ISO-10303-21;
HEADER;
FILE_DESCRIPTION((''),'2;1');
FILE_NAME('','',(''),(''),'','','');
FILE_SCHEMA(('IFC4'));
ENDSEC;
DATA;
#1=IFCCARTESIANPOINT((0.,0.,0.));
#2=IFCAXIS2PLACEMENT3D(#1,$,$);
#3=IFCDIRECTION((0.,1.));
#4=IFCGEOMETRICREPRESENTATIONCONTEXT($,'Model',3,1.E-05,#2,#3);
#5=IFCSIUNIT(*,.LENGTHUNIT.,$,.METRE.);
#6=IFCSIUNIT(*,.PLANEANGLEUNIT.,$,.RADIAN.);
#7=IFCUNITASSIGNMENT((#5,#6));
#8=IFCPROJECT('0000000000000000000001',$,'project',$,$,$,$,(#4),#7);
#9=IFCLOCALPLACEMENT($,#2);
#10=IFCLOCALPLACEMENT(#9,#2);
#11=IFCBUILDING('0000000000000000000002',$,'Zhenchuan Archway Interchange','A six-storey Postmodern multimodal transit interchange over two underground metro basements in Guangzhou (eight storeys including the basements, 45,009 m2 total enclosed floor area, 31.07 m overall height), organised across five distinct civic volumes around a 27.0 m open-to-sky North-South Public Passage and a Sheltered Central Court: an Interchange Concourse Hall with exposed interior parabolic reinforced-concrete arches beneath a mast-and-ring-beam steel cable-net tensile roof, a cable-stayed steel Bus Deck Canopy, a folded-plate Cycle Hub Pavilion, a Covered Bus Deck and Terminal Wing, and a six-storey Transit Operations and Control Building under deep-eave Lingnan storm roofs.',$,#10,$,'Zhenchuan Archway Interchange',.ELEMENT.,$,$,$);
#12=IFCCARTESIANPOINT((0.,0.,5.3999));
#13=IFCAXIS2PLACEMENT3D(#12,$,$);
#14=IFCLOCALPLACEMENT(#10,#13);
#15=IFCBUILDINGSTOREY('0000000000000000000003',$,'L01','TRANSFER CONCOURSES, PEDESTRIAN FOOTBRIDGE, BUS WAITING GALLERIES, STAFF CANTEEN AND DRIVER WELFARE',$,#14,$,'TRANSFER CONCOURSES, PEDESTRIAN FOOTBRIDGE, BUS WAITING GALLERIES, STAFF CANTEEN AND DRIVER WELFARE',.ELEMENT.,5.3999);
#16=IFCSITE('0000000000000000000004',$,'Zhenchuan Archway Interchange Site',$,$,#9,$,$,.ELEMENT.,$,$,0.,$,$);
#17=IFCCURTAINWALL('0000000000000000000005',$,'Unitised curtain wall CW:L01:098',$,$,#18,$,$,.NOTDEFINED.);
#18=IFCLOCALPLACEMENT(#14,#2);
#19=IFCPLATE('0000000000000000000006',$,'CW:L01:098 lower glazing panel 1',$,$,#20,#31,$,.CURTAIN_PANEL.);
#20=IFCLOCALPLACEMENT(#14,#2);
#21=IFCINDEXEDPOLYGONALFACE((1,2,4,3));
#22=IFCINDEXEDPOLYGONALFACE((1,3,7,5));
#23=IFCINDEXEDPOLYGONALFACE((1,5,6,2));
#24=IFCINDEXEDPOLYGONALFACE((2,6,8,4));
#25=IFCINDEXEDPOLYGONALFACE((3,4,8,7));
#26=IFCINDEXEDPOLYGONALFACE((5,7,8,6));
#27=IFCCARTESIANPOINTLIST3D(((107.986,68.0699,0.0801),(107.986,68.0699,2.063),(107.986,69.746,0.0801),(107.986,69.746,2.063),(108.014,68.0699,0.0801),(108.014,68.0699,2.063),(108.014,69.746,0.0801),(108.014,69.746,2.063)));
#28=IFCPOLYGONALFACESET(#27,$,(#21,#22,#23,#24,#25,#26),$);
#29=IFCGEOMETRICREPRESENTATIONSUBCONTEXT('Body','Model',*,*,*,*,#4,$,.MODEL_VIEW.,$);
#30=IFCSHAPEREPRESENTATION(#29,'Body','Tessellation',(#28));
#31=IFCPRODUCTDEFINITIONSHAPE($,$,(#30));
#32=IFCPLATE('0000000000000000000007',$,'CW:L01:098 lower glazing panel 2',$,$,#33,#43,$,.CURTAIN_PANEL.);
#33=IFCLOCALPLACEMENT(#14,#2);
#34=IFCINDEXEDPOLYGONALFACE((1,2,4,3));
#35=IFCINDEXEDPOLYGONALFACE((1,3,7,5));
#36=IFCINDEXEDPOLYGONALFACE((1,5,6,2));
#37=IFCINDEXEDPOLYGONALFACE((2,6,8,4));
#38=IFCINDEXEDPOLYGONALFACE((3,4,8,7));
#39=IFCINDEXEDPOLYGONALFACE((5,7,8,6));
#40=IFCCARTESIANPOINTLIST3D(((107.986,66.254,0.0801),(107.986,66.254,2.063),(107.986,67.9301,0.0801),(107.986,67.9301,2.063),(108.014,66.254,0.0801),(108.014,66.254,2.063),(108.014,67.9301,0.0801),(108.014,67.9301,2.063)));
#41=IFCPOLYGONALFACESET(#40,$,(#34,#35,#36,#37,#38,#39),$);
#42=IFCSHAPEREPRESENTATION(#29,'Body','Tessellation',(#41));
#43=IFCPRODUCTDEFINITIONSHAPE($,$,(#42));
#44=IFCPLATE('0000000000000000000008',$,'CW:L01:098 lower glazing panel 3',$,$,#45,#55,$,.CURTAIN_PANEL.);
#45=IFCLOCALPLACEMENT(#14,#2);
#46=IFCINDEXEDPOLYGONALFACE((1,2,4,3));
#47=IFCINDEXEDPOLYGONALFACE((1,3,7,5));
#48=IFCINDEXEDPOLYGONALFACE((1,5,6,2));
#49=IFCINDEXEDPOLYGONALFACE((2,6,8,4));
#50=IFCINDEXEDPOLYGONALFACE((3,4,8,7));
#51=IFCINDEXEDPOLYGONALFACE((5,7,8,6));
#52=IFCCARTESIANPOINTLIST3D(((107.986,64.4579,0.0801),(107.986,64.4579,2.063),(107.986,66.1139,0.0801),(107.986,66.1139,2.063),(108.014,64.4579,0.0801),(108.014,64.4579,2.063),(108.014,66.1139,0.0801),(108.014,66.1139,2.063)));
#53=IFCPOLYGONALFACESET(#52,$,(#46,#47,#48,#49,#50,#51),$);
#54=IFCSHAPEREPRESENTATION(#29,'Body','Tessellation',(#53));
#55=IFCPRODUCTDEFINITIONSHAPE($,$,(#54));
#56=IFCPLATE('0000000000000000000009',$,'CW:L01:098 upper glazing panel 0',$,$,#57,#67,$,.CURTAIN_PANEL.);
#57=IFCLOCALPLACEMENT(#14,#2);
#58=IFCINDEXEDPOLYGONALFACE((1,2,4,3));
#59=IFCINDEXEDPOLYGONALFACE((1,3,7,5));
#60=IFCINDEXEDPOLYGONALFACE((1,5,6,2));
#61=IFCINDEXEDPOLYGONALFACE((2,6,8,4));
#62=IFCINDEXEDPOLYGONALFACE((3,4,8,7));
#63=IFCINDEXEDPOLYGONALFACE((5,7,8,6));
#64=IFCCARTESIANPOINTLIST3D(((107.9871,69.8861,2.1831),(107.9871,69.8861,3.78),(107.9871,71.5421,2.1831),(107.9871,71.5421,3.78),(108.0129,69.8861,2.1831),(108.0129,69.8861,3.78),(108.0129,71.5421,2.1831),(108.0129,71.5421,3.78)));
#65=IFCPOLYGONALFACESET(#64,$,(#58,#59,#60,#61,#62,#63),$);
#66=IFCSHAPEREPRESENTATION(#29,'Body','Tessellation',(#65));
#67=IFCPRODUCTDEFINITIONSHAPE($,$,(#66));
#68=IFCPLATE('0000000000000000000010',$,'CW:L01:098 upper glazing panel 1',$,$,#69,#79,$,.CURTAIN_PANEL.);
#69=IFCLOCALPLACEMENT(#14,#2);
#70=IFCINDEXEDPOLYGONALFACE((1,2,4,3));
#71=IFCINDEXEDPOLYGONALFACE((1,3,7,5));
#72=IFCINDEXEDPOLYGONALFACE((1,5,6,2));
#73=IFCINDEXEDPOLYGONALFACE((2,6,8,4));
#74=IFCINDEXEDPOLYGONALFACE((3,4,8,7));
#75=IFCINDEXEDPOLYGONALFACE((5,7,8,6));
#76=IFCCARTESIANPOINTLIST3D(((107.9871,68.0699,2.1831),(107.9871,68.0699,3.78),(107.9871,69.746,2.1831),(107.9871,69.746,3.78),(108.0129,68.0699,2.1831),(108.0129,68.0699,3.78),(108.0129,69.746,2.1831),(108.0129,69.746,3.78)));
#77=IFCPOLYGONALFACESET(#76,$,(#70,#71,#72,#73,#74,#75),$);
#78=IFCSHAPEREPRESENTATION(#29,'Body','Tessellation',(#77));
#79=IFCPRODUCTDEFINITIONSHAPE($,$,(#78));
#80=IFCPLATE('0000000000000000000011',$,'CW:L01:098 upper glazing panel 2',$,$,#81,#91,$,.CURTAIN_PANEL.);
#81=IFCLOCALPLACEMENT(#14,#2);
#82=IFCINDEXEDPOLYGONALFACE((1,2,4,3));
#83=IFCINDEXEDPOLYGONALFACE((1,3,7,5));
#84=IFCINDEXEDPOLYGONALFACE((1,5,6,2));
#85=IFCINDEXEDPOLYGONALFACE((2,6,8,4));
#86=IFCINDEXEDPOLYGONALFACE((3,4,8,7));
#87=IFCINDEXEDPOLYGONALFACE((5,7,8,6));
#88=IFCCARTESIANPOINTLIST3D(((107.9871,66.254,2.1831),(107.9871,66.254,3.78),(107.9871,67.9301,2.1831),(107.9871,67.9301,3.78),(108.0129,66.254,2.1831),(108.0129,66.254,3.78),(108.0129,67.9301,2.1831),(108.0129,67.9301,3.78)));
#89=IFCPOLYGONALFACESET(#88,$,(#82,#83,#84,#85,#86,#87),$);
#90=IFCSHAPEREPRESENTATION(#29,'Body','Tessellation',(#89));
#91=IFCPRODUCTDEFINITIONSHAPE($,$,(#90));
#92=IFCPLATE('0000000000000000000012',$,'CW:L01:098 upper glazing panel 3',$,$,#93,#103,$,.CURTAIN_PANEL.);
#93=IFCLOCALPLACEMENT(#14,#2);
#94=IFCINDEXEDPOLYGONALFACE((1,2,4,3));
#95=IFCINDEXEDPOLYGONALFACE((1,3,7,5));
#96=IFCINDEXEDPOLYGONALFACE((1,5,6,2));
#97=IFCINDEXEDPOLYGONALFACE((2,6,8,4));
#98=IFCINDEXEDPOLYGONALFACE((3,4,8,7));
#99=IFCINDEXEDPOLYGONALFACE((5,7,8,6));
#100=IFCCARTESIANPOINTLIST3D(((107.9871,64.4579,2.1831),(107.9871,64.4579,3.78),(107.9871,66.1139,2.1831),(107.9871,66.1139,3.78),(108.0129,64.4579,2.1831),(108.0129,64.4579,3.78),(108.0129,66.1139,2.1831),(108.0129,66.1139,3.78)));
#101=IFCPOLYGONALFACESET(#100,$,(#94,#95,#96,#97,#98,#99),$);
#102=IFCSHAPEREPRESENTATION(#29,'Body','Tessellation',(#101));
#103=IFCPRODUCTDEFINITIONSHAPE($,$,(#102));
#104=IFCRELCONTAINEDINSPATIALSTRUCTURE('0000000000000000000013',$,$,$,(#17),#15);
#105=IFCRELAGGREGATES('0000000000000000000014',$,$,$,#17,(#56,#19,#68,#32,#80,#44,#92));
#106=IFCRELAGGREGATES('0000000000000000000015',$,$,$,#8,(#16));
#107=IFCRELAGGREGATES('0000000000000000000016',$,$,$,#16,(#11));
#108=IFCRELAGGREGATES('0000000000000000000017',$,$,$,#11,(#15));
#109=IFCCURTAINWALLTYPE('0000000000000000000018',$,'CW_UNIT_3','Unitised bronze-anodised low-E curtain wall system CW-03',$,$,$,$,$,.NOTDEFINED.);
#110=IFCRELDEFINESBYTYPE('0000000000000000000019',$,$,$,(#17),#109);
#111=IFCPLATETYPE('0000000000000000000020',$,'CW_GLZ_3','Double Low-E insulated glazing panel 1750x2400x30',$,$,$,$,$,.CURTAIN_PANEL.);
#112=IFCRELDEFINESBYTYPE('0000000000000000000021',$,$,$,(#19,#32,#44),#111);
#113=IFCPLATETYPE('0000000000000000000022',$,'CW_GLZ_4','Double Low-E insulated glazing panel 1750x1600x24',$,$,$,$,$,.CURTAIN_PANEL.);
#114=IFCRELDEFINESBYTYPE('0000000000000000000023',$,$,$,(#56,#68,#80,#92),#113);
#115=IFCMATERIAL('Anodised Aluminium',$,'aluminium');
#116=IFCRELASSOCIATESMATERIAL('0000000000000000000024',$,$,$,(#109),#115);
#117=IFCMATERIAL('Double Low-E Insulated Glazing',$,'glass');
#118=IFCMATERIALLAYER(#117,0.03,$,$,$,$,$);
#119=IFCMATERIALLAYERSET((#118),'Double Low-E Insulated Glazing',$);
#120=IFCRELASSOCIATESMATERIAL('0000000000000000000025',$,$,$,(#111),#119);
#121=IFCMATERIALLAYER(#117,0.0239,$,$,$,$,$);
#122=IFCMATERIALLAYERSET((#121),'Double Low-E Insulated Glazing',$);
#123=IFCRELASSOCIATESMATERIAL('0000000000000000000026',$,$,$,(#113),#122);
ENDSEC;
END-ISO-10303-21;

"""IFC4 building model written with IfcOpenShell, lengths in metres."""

from ifc_helpers import new_model, si_unit, direction, frame, origin, origin_2d, place, context, subcontext, project, spatial, rectangle, extrude, material, layer, layer_set, type_object, element, aggregate, save


model = new_model("IFC4")

# Units and contexts
model_context = context("Model", 3, precision=1e-05, world=origin(), true_north=direction((0.0, 1.0)))
body_context = subcontext(model_context, "Body", "Model", "MODEL_VIEW")
ifc_project = project(units=[si_unit("LENGTHUNIT", "METRE"), si_unit("PLANEANGLEUNIT", "RADIAN")], contexts=[model_context])

# Site, building, storey
site_placement = place(None, origin())
site = spatial("IfcSite", under=ifc_project, at=site_placement, Name="Zhenchuan Archway Interchange Site", CompositionType="ELEMENT", RefElevation=0.0)
building_placement = place(site_placement, origin())
building = spatial("IfcBuilding", under=site, at=building_placement, Name="Zhenchuan Archway Interchange", Description="A six-storey Postmodern multimodal transit interchange over two underground metro basements in Guangzhou (eight storeys including the basements, 45,009 m2 total enclosed floor area, 31.07 m overall height), organised across five distinct civic volumes around a 27.0 m open-to-sky North-South Public Passage and a Sheltered Central Court: an Interchange Concourse Hall with exposed interior parabolic reinforced-concrete arches beneath a mast-and-ring-beam steel cable-net tensile roof, a cable-stayed steel Bus Deck Canopy, a folded-plate Cycle Hub Pavilion, a Covered Bus Deck and Terminal Wing, and a six-storey Transit Operations and Control Building under deep-eave Lingnan storm roofs.", LongName="Zhenchuan Archway Interchange", CompositionType="ELEMENT")
storey_placement = place(building_placement, frame((0.0, 0.0, 5.3999)))
storey = spatial("IfcBuildingStorey", under=building, at=storey_placement, Name="L01", Description="TRANSFER CONCOURSES, PEDESTRIAN FOOTBRIDGE, BUS WAITING GALLERIES, STAFF CANTEEN AND DRIVER WELFARE", LongName="TRANSFER CONCOURSES, PEDESTRIAN FOOTBRIDGE, BUS WAITING GALLERIES, STAFF CANTEEN AND DRIVER WELFARE", CompositionType="ELEMENT", Elevation=5.3999)

# Curtain wall
ifc_material_1 = material(Name="Anodised Aluminium", Category="aluminium")
curtain_wall_type = type_object("IfcCurtainWallType", Name="CW_UNIT_3", Description="Unitised bronze-anodised low-E curtain wall system CW-03", PredefinedType="NOTDEFINED", material=ifc_material_1)
curtain_wall_placement = place(storey_placement, origin())
curtain_wall = element("IfcCurtainWall", 1, at=curtain_wall_placement, inside=storey, type_object=curtain_wall_type, Name="Unitised curtain wall CW:L01:098", PredefinedType="NOTDEFINED")

# Plates
ifc_material_2 = material(Name="Double Low-E Insulated Glazing", Category="glass")
ifc_layer_1 = layer(ifc_material_2, 0.03)
ifc_layer_set_1 = layer_set([ifc_layer_1], Name="Double Low-E Insulated Glazing")
plate_type_1 = type_object("IfcPlateType", Name="CW_GLZ_3", Description="Double Low-E insulated glazing panel 1750x2400x30", PredefinedType="CURTAIN_PANEL", material=ifc_layer_set_1)
plate_1_placement = place(storey_placement, frame((108.0, 68.908, 0.0801), z_axis=(0.0, 0.0, 1.0), x_axis=(0.0, -1.0, 0.0)))
plate_1 = element("IfcPlate", 2, at=plate_1_placement, type_object=plate_type_1, Name="CW:L01:098 lower glazing panel 1", PredefinedType="CURTAIN_PANEL", context=body_context, shape_type="SweptSolid", body=[
    extrude(rectangle(XDim=1.676, YDim=0.0281, at=origin_2d()), origin(), (0.0, 0.0, 1.0), 1.9829),
])
plate_2_placement = place(storey_placement, frame((108.0, 67.092, 0.0801), z_axis=(0.0, 0.0, 1.0), x_axis=(0.0, -1.0, 0.0)))
plate_2 = element("IfcPlate", 3, at=plate_2_placement, type_object=plate_type_1, Name="CW:L01:098 lower glazing panel 2", PredefinedType="CURTAIN_PANEL", context=body_context, shape_type="SweptSolid", body=[
    extrude(rectangle(XDim=1.676, YDim=0.0281, at=origin_2d()), origin(), (0.0, 0.0, 1.0), 1.9829),
])
plate_3_placement = place(storey_placement, frame((108.0, 65.2859, 0.0801), z_axis=(0.0, 0.0, 1.0), x_axis=(0.0, -1.0, 0.0)))
plate_3 = element("IfcPlate", 4, at=plate_3_placement, type_object=plate_type_1, Name="CW:L01:098 lower glazing panel 3", PredefinedType="CURTAIN_PANEL", context=body_context, shape_type="SweptSolid", body=[
    extrude(rectangle(XDim=1.656, YDim=0.0281, at=origin_2d()), origin(), (0.0, 0.0, 1.0), 1.9829),
])
ifc_layer_2 = layer(ifc_material_2, 0.0239)
ifc_layer_set_2 = layer_set([ifc_layer_2], Name="Double Low-E Insulated Glazing")
plate_type_2 = type_object("IfcPlateType", Name="CW_GLZ_4", Description="Double Low-E insulated glazing panel 1750x1600x24", PredefinedType="CURTAIN_PANEL", material=ifc_layer_set_2)
plate_4_placement = place(storey_placement, frame((108.0, 70.7141, 2.1831), z_axis=(0.0, 0.0, 1.0), x_axis=(0.0, -1.0, 0.0)))
plate_4 = element("IfcPlate", 5, at=plate_4_placement, type_object=plate_type_2, Name="CW:L01:098 upper glazing panel 0", PredefinedType="CURTAIN_PANEL", context=body_context, shape_type="SweptSolid", body=[
    extrude(rectangle(XDim=1.656, YDim=0.0259, at=origin_2d()), origin(), (0.0, 0.0, 1.0), 1.5969),
])
plate_5_placement = place(storey_placement, frame((108.0, 68.908, 2.1831), z_axis=(0.0, 0.0, 1.0), x_axis=(0.0, -1.0, 0.0)))
plate_5 = element("IfcPlate", 6, at=plate_5_placement, type_object=plate_type_2, Name="CW:L01:098 upper glazing panel 1", PredefinedType="CURTAIN_PANEL", context=body_context, shape_type="SweptSolid", body=[
    extrude(rectangle(XDim=1.676, YDim=0.0259, at=origin_2d()), origin(), (0.0, 0.0, 1.0), 1.5969),
])
plate_6_placement = place(storey_placement, frame((108.0, 67.092, 2.1831), z_axis=(0.0, 0.0, 1.0), x_axis=(0.0, -1.0, 0.0)))
plate_6 = element("IfcPlate", 7, at=plate_6_placement, type_object=plate_type_2, Name="CW:L01:098 upper glazing panel 2", PredefinedType="CURTAIN_PANEL", context=body_context, shape_type="SweptSolid", body=[
    extrude(rectangle(XDim=1.676, YDim=0.0259, at=origin_2d()), origin(), (0.0, 0.0, 1.0), 1.5969),
])
plate_7_placement = place(storey_placement, frame((108.0, 65.2859, 2.1831), z_axis=(0.0, 0.0, 1.0), x_axis=(0.0, -1.0, 0.0)))
plate_7 = element("IfcPlate", 8, at=plate_7_placement, type_object=plate_type_2, Name="CW:L01:098 upper glazing panel 3", PredefinedType="CURTAIN_PANEL", context=body_context, shape_type="SweptSolid", body=[
    extrude(rectangle(XDim=1.656, YDim=0.0259, at=origin_2d()), origin(), (0.0, 0.0, 1.0), 1.5969),
])
aggregate(curtain_wall, [plate_4, plate_1, plate_5, plate_2, plate_6, plate_3, plate_7])

save(model, "model.ifc")
